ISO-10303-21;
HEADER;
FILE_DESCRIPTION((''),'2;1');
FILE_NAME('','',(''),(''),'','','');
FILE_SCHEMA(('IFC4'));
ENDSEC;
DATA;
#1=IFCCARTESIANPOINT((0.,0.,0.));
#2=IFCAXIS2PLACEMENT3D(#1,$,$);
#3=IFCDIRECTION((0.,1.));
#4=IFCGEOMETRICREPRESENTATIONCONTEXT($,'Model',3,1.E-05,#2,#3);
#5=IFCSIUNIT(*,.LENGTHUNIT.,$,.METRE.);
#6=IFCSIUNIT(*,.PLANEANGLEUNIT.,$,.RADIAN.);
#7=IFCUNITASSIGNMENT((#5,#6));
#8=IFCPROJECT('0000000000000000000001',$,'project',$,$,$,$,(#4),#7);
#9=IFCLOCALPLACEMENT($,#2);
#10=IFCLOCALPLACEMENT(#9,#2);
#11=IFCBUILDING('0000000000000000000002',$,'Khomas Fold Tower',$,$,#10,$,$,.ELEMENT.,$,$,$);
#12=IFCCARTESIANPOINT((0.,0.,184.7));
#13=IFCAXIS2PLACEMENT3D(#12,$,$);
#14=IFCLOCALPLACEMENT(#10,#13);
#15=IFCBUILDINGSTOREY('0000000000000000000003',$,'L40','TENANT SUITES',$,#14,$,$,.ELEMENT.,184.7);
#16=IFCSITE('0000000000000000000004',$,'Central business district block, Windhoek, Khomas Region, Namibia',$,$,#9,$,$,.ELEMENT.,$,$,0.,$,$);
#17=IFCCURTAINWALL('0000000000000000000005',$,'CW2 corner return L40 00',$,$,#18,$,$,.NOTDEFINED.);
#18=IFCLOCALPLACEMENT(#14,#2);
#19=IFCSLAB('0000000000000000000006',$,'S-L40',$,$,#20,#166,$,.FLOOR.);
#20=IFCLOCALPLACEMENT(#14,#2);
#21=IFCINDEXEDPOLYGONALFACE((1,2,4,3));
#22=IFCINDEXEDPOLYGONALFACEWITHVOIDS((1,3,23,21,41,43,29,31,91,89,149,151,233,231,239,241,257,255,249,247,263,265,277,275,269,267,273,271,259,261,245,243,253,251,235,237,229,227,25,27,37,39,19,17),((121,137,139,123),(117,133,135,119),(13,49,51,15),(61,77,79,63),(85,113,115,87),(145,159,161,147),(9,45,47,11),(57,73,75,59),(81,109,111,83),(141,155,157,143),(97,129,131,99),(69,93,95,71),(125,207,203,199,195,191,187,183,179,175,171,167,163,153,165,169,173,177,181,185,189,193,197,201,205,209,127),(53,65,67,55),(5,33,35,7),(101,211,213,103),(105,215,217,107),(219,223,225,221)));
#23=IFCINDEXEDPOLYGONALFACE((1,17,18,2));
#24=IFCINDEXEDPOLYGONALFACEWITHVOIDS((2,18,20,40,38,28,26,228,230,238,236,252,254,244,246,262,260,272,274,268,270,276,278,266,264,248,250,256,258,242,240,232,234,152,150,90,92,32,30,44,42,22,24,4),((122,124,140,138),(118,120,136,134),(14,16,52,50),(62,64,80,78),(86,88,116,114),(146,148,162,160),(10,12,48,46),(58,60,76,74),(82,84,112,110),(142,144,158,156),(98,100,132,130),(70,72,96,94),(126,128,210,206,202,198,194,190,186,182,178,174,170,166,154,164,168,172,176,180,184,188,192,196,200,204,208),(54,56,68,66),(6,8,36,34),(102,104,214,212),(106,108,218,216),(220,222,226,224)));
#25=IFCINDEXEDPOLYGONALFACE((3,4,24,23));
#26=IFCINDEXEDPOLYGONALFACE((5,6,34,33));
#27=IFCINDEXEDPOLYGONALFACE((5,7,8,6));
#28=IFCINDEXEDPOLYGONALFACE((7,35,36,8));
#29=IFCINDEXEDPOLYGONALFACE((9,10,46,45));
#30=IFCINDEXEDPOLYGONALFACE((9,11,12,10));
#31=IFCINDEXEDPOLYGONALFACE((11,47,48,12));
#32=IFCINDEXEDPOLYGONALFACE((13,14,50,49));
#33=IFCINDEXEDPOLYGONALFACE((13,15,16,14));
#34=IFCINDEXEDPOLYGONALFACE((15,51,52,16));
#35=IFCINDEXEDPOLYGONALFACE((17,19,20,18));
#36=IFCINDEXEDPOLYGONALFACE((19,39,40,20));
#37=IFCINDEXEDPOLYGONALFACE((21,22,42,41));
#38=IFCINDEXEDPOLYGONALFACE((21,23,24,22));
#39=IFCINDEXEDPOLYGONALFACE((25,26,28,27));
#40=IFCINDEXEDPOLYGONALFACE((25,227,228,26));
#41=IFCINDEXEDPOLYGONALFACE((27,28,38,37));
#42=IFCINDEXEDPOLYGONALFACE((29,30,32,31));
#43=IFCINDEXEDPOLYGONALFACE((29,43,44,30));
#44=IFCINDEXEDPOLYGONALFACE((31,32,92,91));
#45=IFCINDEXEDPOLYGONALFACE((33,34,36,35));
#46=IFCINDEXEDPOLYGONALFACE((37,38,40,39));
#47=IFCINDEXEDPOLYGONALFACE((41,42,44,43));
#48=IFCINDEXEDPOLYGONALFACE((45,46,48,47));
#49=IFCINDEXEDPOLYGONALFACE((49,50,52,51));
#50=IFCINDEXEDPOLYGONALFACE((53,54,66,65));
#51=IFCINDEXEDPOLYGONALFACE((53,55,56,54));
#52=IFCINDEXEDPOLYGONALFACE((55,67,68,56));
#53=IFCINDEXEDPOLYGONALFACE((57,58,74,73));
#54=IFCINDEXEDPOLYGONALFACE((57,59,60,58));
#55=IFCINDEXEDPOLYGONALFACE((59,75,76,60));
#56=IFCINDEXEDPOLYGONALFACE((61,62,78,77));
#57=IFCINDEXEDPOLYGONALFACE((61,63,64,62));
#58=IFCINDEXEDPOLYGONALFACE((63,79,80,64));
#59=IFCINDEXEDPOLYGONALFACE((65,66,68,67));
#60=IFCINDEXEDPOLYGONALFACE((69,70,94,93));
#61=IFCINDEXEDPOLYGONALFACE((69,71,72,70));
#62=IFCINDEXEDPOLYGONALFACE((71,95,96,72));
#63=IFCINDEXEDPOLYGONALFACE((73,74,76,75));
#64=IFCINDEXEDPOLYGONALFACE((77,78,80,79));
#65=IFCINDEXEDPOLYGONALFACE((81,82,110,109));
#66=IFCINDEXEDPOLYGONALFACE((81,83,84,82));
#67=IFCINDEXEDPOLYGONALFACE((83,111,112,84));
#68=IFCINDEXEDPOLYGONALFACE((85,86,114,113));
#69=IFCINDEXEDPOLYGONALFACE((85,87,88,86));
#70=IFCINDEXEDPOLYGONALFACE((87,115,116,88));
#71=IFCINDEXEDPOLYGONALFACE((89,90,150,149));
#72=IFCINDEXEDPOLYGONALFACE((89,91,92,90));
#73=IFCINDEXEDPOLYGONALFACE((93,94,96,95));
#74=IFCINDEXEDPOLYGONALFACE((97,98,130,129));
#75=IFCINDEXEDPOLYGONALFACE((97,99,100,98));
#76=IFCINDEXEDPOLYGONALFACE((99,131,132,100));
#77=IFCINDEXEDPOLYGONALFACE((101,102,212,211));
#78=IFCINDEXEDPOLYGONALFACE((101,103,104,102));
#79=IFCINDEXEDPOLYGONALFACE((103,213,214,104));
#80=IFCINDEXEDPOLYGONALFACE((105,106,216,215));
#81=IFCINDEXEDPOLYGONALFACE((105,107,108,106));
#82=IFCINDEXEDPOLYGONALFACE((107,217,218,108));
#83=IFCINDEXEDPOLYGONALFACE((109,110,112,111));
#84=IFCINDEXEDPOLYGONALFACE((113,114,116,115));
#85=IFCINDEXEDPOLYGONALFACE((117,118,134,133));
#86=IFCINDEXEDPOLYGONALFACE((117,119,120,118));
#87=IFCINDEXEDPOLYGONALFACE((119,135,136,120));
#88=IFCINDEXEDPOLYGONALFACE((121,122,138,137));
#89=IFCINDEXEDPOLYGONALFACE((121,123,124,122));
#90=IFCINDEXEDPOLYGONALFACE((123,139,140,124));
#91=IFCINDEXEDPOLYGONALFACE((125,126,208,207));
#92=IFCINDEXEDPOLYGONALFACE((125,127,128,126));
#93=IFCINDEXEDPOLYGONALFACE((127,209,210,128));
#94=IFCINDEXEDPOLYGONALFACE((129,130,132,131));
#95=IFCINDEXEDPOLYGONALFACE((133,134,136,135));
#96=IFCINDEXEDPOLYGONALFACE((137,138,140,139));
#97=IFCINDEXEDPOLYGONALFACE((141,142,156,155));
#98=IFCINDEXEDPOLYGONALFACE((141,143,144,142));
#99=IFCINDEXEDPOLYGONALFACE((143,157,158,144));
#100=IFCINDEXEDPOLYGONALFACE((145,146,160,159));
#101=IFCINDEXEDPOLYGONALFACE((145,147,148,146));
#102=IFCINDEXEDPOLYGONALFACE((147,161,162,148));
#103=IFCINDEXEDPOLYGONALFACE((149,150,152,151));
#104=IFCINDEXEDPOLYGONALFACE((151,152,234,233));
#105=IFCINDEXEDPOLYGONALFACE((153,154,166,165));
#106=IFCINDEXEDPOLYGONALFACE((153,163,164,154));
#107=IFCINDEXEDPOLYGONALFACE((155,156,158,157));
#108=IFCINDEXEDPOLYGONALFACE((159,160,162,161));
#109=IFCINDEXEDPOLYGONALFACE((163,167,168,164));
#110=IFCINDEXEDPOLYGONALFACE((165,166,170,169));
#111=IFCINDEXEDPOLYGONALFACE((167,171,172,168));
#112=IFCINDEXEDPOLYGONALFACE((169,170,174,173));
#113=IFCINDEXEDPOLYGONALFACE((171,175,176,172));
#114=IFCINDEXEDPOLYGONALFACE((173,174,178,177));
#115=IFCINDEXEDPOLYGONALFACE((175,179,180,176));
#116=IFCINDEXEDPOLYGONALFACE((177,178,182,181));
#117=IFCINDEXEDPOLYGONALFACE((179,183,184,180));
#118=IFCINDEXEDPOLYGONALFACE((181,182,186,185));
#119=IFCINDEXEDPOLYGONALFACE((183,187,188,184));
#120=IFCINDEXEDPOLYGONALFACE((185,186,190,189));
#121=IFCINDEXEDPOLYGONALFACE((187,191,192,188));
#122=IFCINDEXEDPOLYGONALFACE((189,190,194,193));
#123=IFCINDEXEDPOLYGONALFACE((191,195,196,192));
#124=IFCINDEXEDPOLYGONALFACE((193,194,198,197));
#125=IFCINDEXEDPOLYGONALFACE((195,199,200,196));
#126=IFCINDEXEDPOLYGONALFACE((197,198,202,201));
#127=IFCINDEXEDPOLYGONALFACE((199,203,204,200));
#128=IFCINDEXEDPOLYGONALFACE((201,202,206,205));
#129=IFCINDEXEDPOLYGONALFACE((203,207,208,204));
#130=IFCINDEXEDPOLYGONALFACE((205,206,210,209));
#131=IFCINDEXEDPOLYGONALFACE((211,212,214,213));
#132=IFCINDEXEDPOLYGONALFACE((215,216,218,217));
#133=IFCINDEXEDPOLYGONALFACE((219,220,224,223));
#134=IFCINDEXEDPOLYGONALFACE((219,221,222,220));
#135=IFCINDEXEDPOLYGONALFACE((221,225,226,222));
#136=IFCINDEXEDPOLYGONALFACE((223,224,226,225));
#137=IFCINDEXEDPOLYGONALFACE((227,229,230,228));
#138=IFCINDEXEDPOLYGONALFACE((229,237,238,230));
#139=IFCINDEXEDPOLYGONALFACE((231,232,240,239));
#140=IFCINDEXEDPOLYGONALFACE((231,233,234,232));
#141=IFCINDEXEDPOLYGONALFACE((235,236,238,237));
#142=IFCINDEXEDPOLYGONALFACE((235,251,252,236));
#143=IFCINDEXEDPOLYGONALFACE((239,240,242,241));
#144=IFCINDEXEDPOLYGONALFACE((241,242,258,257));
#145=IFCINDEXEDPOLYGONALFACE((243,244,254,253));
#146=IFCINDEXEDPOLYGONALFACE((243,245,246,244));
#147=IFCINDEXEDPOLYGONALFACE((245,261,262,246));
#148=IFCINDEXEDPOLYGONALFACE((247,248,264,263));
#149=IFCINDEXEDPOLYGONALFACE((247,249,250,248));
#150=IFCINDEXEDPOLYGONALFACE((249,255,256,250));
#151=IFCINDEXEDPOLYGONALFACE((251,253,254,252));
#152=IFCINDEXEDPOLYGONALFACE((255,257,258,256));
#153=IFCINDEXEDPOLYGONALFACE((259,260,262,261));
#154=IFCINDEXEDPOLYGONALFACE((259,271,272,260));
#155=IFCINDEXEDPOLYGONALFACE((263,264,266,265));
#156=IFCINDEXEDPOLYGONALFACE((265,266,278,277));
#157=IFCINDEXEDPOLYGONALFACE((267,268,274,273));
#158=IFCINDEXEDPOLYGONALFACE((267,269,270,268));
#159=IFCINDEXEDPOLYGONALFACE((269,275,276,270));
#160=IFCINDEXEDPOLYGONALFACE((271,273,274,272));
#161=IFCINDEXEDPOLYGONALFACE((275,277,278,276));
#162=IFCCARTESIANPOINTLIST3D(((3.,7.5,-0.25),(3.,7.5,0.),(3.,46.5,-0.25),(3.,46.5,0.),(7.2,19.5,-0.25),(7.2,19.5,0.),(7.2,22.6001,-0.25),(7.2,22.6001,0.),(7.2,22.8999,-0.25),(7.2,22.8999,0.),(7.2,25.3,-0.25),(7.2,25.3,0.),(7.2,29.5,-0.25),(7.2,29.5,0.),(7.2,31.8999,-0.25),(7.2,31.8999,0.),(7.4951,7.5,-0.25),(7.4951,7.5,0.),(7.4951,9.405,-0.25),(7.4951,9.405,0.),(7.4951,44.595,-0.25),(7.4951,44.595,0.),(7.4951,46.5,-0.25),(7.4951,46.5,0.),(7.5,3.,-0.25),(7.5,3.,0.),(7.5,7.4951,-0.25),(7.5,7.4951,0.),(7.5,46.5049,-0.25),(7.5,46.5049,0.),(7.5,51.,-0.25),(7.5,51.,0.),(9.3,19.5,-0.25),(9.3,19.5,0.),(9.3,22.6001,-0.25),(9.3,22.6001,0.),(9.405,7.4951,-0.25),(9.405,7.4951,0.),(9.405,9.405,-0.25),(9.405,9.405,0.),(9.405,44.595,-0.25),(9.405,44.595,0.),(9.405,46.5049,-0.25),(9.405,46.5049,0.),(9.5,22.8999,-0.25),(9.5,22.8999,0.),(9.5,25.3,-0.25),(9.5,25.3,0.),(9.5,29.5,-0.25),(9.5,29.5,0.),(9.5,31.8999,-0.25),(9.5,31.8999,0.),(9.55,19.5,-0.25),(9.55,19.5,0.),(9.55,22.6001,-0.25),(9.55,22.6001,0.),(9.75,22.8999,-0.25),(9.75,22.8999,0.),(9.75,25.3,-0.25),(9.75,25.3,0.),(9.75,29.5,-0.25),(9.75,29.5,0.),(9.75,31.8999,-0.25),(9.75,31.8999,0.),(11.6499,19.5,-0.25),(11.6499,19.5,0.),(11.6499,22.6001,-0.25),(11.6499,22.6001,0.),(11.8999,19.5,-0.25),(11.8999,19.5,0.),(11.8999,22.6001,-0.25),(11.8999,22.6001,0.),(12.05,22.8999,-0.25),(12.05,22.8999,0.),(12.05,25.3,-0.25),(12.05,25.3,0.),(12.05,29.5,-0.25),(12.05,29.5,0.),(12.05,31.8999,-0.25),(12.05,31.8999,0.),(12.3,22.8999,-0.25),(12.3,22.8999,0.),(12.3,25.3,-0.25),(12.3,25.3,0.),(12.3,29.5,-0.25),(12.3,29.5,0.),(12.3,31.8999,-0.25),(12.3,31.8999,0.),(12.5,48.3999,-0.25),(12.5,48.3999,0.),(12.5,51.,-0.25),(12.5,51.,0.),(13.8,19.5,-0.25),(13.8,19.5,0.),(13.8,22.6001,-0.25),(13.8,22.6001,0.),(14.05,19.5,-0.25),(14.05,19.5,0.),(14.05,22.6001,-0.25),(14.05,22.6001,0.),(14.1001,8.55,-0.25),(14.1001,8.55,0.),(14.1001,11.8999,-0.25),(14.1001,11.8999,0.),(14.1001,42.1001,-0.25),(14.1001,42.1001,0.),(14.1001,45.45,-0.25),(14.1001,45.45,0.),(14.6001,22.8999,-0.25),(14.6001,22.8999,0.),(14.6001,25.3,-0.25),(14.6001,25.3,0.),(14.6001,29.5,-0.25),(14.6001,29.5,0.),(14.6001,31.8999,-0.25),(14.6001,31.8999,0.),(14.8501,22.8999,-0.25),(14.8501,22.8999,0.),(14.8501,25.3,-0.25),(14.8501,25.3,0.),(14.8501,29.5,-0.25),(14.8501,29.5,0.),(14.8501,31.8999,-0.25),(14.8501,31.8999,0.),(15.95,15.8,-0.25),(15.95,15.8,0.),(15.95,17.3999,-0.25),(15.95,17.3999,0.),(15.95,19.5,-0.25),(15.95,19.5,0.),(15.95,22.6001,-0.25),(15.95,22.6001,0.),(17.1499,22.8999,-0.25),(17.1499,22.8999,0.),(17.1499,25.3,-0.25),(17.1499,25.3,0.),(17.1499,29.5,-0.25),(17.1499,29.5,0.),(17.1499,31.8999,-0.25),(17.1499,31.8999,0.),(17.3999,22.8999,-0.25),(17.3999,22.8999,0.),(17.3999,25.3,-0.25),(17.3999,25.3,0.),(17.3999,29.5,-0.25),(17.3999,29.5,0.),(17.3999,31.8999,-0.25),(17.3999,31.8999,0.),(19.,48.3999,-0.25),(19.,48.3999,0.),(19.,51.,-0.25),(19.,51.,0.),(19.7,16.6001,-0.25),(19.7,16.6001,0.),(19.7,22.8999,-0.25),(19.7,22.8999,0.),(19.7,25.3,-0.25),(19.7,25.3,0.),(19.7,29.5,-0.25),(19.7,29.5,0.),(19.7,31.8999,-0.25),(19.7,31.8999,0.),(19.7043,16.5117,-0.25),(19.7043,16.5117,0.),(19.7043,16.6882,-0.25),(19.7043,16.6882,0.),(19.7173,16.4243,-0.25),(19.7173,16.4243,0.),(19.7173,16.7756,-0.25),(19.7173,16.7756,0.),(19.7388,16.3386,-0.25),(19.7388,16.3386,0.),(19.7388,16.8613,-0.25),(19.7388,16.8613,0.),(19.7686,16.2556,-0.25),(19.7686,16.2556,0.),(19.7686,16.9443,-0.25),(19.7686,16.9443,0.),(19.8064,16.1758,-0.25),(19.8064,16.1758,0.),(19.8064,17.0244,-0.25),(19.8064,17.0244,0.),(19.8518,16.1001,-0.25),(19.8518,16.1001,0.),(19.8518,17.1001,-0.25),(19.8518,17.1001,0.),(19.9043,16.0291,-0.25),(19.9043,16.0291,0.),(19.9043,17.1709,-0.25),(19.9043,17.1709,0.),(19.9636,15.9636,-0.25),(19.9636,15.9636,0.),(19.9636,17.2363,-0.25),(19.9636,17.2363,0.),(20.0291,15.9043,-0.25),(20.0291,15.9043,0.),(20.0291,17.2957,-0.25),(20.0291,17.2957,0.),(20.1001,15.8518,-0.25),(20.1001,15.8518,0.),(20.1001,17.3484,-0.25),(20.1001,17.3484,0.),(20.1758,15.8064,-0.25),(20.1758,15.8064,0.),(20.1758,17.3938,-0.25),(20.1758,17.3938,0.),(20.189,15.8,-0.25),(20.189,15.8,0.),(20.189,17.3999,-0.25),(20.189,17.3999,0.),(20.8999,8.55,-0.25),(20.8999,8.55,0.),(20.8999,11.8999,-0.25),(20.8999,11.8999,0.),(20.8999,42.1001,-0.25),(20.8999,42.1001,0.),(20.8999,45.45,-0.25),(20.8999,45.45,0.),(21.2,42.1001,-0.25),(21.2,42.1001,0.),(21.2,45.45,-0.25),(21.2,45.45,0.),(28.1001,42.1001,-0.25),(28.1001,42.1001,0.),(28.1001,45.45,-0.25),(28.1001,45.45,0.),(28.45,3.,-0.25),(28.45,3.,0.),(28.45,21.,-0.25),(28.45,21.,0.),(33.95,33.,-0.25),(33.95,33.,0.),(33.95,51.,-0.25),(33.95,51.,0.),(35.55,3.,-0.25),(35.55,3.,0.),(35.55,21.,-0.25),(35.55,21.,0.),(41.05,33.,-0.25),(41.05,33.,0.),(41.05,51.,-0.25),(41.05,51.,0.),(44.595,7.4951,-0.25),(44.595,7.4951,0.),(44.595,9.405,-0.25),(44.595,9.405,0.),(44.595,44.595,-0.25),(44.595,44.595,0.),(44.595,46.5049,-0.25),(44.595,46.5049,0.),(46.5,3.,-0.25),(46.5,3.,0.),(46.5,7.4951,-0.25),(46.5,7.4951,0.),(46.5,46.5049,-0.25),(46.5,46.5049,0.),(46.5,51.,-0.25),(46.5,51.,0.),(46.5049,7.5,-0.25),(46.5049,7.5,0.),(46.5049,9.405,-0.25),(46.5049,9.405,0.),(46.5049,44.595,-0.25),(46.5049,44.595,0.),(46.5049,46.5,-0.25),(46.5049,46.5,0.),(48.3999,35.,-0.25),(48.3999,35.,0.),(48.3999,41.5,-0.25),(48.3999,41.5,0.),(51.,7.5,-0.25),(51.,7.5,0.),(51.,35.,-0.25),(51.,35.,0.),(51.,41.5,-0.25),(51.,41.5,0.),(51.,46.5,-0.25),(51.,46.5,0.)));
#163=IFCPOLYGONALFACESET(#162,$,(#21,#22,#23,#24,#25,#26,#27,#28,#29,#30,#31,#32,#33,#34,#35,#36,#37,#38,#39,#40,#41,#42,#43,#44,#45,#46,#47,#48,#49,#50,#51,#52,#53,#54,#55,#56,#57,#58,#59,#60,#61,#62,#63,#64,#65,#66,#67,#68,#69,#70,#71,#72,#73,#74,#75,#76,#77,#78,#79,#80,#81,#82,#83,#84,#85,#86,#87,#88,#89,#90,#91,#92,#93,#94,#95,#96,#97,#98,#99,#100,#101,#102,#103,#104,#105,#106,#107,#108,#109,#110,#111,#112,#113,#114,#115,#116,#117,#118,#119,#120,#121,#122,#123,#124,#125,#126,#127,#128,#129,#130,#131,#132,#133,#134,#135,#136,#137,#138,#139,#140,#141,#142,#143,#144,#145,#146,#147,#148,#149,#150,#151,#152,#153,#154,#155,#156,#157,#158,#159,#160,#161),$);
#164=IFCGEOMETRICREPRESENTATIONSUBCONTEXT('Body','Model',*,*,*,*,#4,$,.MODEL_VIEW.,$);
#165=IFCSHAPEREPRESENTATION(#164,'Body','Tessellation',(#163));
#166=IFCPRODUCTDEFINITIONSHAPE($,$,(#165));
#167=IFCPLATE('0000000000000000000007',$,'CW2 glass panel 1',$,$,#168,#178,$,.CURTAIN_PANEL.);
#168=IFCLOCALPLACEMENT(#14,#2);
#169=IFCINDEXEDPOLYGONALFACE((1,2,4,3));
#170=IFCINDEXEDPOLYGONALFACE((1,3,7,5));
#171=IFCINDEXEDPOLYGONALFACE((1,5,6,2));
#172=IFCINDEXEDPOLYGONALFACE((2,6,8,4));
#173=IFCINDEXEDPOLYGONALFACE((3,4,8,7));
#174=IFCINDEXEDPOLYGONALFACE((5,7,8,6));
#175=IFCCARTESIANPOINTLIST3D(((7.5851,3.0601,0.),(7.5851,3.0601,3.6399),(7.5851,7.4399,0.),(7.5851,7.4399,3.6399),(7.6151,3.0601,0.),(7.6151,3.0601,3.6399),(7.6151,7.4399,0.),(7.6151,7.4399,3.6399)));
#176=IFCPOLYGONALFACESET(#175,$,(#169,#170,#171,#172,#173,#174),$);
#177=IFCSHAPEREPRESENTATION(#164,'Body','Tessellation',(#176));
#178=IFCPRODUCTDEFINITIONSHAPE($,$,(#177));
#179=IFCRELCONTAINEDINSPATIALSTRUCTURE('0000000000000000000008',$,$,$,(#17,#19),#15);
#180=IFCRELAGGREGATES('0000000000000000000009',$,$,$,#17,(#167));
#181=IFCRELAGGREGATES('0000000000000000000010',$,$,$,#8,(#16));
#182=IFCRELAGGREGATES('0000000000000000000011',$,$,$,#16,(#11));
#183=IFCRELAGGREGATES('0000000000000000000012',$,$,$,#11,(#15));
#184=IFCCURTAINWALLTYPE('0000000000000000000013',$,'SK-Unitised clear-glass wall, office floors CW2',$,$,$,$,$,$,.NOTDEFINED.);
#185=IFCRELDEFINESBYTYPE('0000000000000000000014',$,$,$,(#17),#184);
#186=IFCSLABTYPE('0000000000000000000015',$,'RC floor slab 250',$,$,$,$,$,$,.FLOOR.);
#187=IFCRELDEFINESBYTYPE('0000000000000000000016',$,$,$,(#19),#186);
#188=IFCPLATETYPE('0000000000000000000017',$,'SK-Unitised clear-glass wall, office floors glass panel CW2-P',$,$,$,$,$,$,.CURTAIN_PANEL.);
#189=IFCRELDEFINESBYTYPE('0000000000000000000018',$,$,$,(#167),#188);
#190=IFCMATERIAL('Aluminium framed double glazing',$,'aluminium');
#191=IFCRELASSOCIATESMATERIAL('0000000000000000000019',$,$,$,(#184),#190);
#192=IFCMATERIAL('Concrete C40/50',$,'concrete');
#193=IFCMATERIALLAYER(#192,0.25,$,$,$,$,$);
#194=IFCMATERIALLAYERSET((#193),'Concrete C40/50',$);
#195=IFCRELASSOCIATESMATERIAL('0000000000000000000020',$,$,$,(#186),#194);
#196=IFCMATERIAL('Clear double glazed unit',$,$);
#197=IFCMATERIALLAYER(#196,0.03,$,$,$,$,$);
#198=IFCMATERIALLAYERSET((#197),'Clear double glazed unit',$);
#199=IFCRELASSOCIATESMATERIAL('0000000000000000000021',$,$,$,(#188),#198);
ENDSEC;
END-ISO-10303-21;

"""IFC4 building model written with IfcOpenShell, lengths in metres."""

from ifc_helpers import new_model, si_unit, direction, frame, origin, origin_2d, place, context, subcontext, project, spatial, polyline, rectangle, outline, extrude, source, transform, mapped, material, layer, layer_set, type_object, element, aggregate, save


model = new_model("IFC4")

# Units and contexts
model_context = context("Model", 3, precision=1e-05, world=origin(), true_north=direction((0.0, 1.0)))
body_context = subcontext(model_context, "Body", "Model", "MODEL_VIEW")
ifc_project = project(units=[si_unit("LENGTHUNIT", "METRE"), si_unit("PLANEANGLEUNIT", "RADIAN")], contexts=[model_context])

# Site, building, storey
site_placement = place(None, origin())
site = spatial("IfcSite", under=ifc_project, at=site_placement, Name="Central business district block, Windhoek, Khomas Region, Namibia", CompositionType="ELEMENT", RefElevation=0.0)
building_placement = place(site_placement, origin())
building = spatial("IfcBuilding", under=site, at=building_placement, Name="Khomas Fold Tower", CompositionType="ELEMENT")
storey_placement = place(building_placement, frame((0.0, 0.0, 184.7)))
storey = spatial("IfcBuildingStorey", under=building, at=storey_placement, Name="L40", Description="TENANT SUITES", CompositionType="ELEMENT", Elevation=184.7)

# Curtain wall
ifc_material_1 = material(Name="Aluminium framed double glazing", Category="aluminium")
curtain_wall_type = type_object("IfcCurtainWallType", Name="SK-Unitised clear-glass wall, office floors CW2", PredefinedType="NOTDEFINED", material=ifc_material_1)
curtain_wall_1_placement = place(storey_placement, origin())
curtain_wall_1 = element("IfcCurtainWall", 1, at=curtain_wall_1_placement, inside=storey, type_object=curtain_wall_type, Name="CW2 corner return L40 00", PredefinedType="NOTDEFINED")

# Slab
ifc_material_2 = material(Name="Concrete C40/50", Category="concrete")
ifc_layer_1 = layer(ifc_material_2, 0.25)
ifc_layer_set_1 = layer_set([ifc_layer_1], Name="Concrete C40/50")
slab_type_1 = type_object("IfcSlabType", Name="RC floor slab 250", PredefinedType="FLOOR", material=ifc_layer_set_1)
shared_shape_1 = source(origin(), body_context, "Body", "SweptSolid", [
    extrude(outline(polyline([(3.0, 7.5), (7.4951, 7.5), (7.4951, 9.405), (9.405, 9.405), (9.405, 7.4951), (7.5, 7.4951), (7.5, 3.0), (28.45, 3.0), (28.45, 21.0), (35.55, 21.0), (35.55, 3.0), (46.5, 3.0), (46.5, 7.4951), (44.595, 7.4951), (44.595, 9.405), (46.5049, 9.405), (46.5049, 7.5), (51.0, 7.5), (51.0, 35.0), (48.3999, 35.0), (48.3999, 41.5), (51.0, 41.5), (51.0, 46.5), (46.5049, 46.5), (46.5049, 44.595), (44.595, 44.595), (44.595, 46.5049), (46.5, 46.5049), (46.5, 51.0), (41.05, 51.0), (41.05, 33.0), (33.95, 33.0), (33.95, 51.0), (19.0, 51.0), (19.0, 48.3999), (12.5, 48.3999), (12.5, 51.0), (7.5, 51.0), (7.5, 46.5049), (9.405, 46.5049), (9.405, 44.595), (7.4951, 44.595), (7.4951, 46.5), (3.0, 46.5), (3.0, 7.5)]), holes=[polyline([(7.2, 19.5), (7.2, 22.6001), (9.3, 22.6001), (9.3, 19.5), (7.2, 19.5)]), polyline([(7.2, 22.8999), (7.2, 25.3), (9.5, 25.3), (9.5, 22.8999), (7.2, 22.8999)]), polyline([(7.2, 29.5), (7.2, 31.8999), (9.5, 31.8999), (9.5, 29.5), (7.2, 29.5)]), polyline([(9.55, 19.5), (9.55, 22.6001), (11.6499, 22.6001), (11.6499, 19.5), (9.55, 19.5)]), polyline([(9.75, 22.8999), (9.75, 25.3), (12.05, 25.3), (12.05, 22.8999), (9.75, 22.8999)]), polyline([(9.75, 29.5), (9.75, 31.8999), (12.05, 31.8999), (12.05, 29.5), (9.75, 29.5)]), polyline([(11.8999, 19.5), (11.8999, 22.6001), (13.8, 22.6001), (13.8, 19.5), (11.8999, 19.5)]), polyline([(12.3, 22.8999), (12.3, 25.3), (14.6001, 25.3), (14.6001, 22.8999), (12.3, 22.8999)]), polyline([(12.3, 29.5), (12.3, 31.8999), (14.6001, 31.8999), (14.6001, 29.5), (12.3, 29.5)]), polyline([(14.05, 19.5), (14.05, 22.6001), (15.95, 22.6001), (15.95, 19.5), (14.05, 19.5)]), polyline([(14.1001, 8.55), (14.1001, 11.8999), (20.8999, 11.8999), (20.8999, 8.55), (14.1001, 8.55)]), polyline([(14.1001, 42.1001), (14.1001, 45.45), (20.8999, 45.45), (20.8999, 42.1001), (14.1001, 42.1001)]), polyline([(14.8501, 22.8999), (14.8501, 25.3), (17.1499, 25.3), (17.1499, 22.8999), (14.8501, 22.8999)]), polyline([(14.8501, 29.5), (14.8501, 31.8999), (17.1499, 31.8999), (17.1499, 29.5), (14.8501, 29.5)]), polyline([(15.95, 15.8), (15.95, 17.3999), (20.189, 17.3999), (20.1758, 17.3938), (20.1001, 17.3484), (20.0291, 17.2957), (19.9636, 17.2363), (19.9043, 17.1709), (19.8518, 17.1001), (19.8064, 17.0244), (19.7686, 16.9443), (19.7388, 16.8613), (19.7173, 16.7756), (19.7043, 16.6882), (19.7, 16.6001), (19.7043, 16.5117), (19.7173, 16.4243), (19.7388, 16.3386), (19.7686, 16.2556), (19.8064, 16.1758), (19.8518, 16.1001), (19.9043, 16.0291), (19.9636, 15.9636), (20.0291, 15.9043), (20.1001, 15.8518), (20.1758, 15.8064), (20.189, 15.8), (15.95, 15.8)]), polyline([(17.3999, 22.8999), (17.3999, 25.3), (19.7, 25.3), (19.7, 22.8999), (17.3999, 22.8999)]), polyline([(17.3999, 29.5), (17.3999, 31.8999), (19.7, 31.8999), (19.7, 29.5), (17.3999, 29.5)]), polyline([(21.2, 42.1001), (21.2, 45.45), (28.1001, 45.45), (28.1001, 42.1001), (21.2, 42.1001)])]), origin(), (0.0, 0.0, 1.0), 0.25),
])
slab_1_placement = place(storey_placement, frame((0.0, 0.0, -0.25)))
element("IfcSlab", 2, at=slab_1_placement, inside=storey, type_object=slab_type_1, Name="S-L40", PredefinedType="FLOOR", context=body_context, shape_type="MappedRepresentation", body=[
    mapped(shared_shape_1, transform((0.0, 0.0, 0.0))),
])

# Plate
ifc_material_3 = material(Name="Clear double glazed unit")
ifc_layer_2 = layer(ifc_material_3, 0.03)
ifc_layer_set_2 = layer_set([ifc_layer_2], Name="Clear double glazed unit")
plate_type_1 = type_object("IfcPlateType", Name="SK-Unitised clear-glass wall, office floors glass panel CW2-P", PredefinedType="CURTAIN_PANEL", material=ifc_layer_set_2)
shared_shape_2 = source(origin(), body_context, "Body", "SweptSolid", [
    extrude(rectangle(XDim=4.3799, YDim=0.03, at=origin_2d()), origin(), (0.0, 0.0, 1.0), 3.6399),
])
plate_1_placement = place(storey_placement, frame((7.6001, 5.25, 0.0), z_axis=(0.0, 0.0, 1.0), x_axis=(0.0, -1.0, 0.0)))
plate_1 = element("IfcPlate", 3, at=plate_1_placement, type_object=plate_type_1, Name="CW2 glass panel 1", PredefinedType="CURTAIN_PANEL", context=body_context, shape_type="MappedRepresentation", body=[
    mapped(shared_shape_2, transform((0.0, 0.0, 0.0))),
])
aggregate(curtain_wall_1, [plate_1])

save(model, "model.ifc")
